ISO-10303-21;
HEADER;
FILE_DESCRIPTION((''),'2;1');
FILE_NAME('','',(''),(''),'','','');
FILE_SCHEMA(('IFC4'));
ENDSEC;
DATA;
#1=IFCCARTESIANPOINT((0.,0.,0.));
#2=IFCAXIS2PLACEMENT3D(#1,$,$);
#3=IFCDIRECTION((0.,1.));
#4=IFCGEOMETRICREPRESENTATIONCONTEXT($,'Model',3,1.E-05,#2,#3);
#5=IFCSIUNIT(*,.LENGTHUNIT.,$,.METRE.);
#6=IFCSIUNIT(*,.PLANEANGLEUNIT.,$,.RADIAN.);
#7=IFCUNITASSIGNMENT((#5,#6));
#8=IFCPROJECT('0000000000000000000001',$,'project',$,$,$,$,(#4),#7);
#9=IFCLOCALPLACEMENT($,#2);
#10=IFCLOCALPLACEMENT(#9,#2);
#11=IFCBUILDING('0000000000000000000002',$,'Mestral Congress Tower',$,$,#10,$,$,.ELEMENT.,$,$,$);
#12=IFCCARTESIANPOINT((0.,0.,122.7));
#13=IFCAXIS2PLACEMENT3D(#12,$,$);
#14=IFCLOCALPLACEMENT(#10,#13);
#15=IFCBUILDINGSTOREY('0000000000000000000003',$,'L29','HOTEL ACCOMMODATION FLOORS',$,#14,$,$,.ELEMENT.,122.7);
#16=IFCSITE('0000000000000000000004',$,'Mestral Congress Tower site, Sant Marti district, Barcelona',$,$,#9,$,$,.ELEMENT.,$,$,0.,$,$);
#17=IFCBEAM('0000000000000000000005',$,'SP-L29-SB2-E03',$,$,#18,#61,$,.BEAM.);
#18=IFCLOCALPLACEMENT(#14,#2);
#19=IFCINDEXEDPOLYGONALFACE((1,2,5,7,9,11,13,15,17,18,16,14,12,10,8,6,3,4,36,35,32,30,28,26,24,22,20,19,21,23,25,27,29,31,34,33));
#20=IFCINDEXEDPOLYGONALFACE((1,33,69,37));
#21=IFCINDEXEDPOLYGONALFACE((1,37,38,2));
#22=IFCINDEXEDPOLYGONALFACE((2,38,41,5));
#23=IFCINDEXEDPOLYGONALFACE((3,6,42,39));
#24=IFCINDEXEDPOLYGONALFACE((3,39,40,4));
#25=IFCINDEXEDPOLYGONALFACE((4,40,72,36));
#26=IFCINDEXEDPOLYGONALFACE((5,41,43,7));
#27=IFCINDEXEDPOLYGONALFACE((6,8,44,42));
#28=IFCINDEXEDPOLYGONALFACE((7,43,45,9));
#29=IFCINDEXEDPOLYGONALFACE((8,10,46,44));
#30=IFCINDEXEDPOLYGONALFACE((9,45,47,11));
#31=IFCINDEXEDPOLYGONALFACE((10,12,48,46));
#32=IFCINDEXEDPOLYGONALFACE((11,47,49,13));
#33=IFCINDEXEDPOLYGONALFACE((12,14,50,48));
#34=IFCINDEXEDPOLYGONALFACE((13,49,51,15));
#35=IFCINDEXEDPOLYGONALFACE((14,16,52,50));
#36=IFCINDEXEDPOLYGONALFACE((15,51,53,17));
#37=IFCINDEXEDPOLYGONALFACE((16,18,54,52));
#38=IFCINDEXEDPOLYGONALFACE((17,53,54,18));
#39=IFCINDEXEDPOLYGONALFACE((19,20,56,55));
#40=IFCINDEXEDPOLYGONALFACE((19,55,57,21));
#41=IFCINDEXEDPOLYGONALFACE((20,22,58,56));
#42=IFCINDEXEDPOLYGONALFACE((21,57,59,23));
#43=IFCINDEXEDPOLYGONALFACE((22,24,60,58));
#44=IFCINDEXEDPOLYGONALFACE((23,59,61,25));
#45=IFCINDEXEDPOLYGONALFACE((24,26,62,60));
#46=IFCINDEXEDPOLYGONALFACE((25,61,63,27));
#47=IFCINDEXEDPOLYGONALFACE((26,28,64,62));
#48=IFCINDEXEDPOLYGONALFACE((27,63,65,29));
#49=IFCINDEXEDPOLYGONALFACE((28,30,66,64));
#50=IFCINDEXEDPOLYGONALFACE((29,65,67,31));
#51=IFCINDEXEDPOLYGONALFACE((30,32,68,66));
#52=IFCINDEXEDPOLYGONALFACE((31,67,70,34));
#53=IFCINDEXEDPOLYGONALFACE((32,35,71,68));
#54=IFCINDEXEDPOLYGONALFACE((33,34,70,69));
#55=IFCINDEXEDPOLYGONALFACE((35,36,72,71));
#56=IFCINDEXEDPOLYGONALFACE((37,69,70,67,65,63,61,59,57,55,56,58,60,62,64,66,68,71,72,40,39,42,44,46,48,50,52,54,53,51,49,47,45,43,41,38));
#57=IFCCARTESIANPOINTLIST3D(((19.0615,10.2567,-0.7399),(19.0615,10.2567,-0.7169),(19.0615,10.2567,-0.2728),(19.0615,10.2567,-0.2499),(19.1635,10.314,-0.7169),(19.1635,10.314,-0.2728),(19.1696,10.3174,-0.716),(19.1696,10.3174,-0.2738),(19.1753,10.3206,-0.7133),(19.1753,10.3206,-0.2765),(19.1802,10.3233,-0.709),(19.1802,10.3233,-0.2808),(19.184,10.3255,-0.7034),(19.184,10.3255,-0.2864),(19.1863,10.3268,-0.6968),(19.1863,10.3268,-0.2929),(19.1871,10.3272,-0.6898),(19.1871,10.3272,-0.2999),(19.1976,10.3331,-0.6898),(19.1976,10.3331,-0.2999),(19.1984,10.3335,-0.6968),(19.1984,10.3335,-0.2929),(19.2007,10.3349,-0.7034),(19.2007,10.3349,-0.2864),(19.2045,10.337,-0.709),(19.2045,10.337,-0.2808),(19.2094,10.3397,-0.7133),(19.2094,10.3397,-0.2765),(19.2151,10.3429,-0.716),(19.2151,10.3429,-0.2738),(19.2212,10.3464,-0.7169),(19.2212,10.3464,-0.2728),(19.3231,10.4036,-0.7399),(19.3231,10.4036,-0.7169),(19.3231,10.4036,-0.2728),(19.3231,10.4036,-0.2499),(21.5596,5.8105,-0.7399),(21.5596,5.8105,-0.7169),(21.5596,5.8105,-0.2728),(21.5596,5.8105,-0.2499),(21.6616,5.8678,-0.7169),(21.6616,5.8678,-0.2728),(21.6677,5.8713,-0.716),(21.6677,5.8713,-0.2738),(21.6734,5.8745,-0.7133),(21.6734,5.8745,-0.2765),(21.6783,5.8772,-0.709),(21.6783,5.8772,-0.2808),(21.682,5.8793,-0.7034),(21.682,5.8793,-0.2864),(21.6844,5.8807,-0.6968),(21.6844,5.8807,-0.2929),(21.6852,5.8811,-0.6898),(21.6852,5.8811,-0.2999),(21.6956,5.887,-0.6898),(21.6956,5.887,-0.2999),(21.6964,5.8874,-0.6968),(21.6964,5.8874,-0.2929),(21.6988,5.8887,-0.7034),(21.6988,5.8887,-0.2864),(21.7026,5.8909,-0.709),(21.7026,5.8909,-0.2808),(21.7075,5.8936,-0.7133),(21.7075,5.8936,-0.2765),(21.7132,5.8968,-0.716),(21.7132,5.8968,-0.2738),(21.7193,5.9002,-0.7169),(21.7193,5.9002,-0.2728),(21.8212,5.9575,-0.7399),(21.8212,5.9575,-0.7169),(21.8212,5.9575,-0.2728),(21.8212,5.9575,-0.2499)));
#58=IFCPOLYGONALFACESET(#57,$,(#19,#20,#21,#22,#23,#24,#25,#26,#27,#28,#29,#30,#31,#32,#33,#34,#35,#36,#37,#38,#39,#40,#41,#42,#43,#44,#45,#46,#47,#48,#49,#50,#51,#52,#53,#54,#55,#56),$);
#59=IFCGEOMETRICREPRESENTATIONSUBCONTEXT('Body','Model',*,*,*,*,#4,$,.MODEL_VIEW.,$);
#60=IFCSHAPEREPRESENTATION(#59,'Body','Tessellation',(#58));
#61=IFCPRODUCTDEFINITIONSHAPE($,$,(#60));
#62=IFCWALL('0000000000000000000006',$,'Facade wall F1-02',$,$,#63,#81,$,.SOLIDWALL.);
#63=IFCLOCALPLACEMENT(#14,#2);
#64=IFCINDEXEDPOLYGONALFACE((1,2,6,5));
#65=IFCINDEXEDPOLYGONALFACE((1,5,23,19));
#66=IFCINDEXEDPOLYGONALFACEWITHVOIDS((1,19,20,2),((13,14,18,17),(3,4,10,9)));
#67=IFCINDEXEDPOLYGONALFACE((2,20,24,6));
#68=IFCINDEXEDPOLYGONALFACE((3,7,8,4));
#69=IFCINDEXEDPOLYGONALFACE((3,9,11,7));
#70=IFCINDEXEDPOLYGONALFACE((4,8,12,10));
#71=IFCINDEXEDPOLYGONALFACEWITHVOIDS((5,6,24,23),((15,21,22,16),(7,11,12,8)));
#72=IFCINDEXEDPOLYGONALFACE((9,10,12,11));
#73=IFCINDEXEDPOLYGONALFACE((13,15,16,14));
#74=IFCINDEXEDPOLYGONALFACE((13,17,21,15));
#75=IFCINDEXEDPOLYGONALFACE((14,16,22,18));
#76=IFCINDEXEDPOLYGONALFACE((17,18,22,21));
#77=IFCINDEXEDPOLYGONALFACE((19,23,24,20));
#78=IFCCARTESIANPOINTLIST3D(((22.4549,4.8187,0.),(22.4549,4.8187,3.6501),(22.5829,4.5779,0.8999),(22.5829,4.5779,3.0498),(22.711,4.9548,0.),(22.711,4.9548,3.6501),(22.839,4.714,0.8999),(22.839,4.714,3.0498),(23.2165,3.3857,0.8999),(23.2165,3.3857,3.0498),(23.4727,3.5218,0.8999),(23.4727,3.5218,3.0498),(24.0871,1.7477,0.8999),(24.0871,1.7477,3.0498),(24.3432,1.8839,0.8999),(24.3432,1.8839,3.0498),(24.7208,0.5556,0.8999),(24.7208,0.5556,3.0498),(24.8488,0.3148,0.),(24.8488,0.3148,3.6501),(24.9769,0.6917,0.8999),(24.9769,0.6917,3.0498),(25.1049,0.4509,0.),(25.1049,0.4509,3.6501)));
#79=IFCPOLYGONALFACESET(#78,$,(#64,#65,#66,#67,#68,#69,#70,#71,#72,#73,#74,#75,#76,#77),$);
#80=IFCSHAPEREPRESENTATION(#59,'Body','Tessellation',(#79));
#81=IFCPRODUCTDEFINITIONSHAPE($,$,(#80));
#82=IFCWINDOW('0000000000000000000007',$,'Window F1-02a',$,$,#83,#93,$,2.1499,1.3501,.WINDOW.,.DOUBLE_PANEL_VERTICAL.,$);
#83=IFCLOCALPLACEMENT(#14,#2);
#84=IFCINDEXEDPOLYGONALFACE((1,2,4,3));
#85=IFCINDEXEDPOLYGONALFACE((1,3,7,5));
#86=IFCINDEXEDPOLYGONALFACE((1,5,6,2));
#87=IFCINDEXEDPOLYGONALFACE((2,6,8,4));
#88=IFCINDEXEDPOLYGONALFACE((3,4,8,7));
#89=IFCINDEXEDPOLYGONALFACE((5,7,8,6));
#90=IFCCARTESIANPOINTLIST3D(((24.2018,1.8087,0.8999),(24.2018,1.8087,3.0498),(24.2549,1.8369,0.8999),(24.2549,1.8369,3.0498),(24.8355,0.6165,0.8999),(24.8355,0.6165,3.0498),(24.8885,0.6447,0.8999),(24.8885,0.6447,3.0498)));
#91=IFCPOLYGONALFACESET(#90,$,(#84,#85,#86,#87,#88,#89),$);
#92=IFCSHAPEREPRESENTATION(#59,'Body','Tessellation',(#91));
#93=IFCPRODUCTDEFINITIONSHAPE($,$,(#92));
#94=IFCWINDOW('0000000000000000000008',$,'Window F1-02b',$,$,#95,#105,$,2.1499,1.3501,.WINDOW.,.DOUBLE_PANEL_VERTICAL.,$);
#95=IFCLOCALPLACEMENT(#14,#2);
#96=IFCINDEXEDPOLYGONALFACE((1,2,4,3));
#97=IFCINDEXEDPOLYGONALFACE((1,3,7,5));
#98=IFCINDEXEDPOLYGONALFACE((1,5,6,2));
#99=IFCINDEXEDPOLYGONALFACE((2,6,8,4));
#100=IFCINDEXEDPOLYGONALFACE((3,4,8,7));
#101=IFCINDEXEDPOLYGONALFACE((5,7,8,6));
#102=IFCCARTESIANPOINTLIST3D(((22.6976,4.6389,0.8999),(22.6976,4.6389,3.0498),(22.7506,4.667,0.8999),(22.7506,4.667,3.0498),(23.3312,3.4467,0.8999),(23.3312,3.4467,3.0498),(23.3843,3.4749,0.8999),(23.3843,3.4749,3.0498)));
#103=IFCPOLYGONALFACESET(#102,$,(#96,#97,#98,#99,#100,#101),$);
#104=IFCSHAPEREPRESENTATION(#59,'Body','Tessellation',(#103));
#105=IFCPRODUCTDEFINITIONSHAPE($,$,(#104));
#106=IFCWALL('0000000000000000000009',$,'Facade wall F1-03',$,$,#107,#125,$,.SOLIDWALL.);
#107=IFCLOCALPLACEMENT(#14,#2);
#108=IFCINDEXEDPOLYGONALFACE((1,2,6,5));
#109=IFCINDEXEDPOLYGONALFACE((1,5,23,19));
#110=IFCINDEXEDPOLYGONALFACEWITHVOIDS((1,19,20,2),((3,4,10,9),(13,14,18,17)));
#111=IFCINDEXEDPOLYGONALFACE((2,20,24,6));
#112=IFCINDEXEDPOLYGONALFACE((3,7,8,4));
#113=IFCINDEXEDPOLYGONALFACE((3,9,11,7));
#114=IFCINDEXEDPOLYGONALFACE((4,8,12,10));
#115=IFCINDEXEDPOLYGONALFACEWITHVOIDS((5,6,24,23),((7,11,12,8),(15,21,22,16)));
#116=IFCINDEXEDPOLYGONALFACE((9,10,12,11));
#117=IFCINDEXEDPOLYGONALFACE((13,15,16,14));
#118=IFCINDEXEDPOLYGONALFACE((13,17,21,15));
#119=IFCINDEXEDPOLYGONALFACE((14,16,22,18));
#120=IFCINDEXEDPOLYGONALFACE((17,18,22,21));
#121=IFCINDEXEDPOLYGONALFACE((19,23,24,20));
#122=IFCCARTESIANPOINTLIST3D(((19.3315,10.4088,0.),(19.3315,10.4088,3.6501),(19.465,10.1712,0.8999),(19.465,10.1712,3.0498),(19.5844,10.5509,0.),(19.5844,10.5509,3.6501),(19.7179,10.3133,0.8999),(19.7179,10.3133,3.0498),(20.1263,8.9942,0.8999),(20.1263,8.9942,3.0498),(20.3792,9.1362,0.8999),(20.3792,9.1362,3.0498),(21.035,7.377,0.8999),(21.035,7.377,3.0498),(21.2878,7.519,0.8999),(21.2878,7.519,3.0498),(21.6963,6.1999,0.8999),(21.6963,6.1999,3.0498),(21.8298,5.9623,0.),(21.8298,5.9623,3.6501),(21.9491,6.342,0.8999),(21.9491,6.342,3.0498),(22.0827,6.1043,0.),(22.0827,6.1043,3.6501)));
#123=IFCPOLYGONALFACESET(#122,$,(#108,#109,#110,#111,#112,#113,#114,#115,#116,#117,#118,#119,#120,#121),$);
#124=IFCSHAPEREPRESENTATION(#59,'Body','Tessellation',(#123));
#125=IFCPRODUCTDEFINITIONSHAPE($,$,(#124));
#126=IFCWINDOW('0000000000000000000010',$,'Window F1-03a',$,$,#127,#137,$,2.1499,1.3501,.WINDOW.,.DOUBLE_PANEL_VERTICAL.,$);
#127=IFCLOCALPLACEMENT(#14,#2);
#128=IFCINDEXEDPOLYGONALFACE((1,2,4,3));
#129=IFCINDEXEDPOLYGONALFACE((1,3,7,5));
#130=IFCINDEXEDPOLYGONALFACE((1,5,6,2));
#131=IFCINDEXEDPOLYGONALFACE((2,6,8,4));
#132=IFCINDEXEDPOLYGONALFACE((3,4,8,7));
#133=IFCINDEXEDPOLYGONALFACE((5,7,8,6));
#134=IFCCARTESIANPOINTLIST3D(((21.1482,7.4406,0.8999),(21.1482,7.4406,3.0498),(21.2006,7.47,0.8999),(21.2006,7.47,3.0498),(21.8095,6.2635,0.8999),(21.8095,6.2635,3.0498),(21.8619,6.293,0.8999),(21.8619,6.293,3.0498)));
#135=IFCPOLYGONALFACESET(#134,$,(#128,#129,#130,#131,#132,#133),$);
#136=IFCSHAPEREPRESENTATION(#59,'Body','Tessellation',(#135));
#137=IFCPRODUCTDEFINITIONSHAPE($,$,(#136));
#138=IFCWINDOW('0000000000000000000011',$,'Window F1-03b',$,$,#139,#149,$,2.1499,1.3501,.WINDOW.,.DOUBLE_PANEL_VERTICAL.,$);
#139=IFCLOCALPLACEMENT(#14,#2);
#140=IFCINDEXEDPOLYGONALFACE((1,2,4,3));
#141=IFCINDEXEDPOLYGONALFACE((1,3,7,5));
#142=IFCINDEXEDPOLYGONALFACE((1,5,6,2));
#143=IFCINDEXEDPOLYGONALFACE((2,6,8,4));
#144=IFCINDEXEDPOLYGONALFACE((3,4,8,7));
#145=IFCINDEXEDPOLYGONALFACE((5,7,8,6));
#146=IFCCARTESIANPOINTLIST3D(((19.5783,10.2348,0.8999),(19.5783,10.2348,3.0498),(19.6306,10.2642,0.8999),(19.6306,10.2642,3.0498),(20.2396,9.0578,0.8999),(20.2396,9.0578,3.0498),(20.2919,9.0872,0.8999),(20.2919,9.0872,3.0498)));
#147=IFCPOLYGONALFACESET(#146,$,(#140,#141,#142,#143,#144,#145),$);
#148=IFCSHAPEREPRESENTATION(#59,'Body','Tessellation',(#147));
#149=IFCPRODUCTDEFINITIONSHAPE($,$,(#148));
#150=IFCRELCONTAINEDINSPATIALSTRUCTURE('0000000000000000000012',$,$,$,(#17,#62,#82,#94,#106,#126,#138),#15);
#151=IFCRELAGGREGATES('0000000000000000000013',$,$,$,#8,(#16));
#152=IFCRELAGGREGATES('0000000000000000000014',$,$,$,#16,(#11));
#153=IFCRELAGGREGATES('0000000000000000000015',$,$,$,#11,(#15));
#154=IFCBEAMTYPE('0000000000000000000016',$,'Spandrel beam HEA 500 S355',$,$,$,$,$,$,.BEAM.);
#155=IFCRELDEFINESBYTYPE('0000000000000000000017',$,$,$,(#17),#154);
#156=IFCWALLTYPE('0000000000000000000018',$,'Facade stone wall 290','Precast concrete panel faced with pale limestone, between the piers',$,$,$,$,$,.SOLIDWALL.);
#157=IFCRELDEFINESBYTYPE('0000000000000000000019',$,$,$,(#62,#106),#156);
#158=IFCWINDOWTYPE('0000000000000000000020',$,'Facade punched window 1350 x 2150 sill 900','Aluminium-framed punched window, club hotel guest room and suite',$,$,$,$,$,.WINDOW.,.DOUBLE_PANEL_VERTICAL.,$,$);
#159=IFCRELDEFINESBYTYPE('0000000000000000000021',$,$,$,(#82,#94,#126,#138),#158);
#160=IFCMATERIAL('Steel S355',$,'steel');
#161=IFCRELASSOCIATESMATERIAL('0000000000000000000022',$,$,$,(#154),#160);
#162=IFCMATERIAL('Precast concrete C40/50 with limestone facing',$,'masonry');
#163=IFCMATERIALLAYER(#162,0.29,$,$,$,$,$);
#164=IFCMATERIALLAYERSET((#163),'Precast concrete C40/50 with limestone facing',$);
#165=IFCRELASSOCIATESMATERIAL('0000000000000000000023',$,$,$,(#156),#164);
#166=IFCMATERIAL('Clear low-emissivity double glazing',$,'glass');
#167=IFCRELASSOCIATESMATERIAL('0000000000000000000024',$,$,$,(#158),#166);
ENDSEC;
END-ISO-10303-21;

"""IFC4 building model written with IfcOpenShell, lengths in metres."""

from ifc_helpers import new_model, si_unit, direction, frame, frame_2d, origin, origin_2d, place, context, subcontext, project, spatial, rectangle, i_section, extrude, material, layer, layer_set, material_profile, profile_set, type_object, element, fill, save


model = new_model("IFC4")

# Units and contexts
model_context = context("Model", 3, precision=1e-05, world=origin(), true_north=direction((0.0, 1.0)))
body_context = subcontext(model_context, "Body", "Model", "MODEL_VIEW")
ifc_project = project(units=[si_unit("LENGTHUNIT", "METRE"), si_unit("PLANEANGLEUNIT", "RADIAN")], contexts=[model_context])

# Site, building, storey
site_placement = place(None, origin())
site = spatial("IfcSite", under=ifc_project, at=site_placement, Name="Mestral Congress Tower site, Sant Marti district, Barcelona", CompositionType="ELEMENT", RefElevation=0.0)
building_placement = place(site_placement, origin())
building = spatial("IfcBuilding", under=site, at=building_placement, Name="Mestral Congress Tower", CompositionType="ELEMENT")
storey_placement = place(building_placement, frame((0.0, 0.0, 122.7)))
storey = spatial("IfcBuildingStorey", under=building, at=storey_placement, Name="L29", Description="HOTEL ACCOMMODATION FLOORS", CompositionType="ELEMENT", Elevation=122.7)

# Beam
ifc_material_1 = material(Name="Steel S355", Category="steel")
ifc_material_profile_1 = material_profile(ifc_material_1, i_section(OverallWidth=0.3, OverallDepth=0.49, WebThickness=0.012, FlangeThickness=0.0229, FilletRadius=0.0271, at=origin_2d()), Name="HEA 500")
ifc_profile_set_1 = profile_set([ifc_material_profile_1], Name="Steel S355")
beam_type_1 = type_object("IfcBeamType", Name="Spandrel beam HEA 500 S355", PredefinedType="BEAM", material=ifc_profile_set_1)
for number, where, z_axis, x_axis, name in (
    (1, (21.6904, 5.884, -0.4949), (-0.489836, 0.871815, 0.0), (-0.871815, -0.489836, 0.0), "SP-L29-SB2-E03"),
):
    element("IfcBeam", number, at=place(storey_placement, frame(where, z_axis=z_axis, x_axis=x_axis)), inside=storey, type_object=beam_type_1, Name=name, PredefinedType="BEAM", context=body_context, shape_type="SweptSolid", body=[
        extrude(i_section(OverallWidth=0.3, OverallDepth=0.49, WebThickness=0.012, FlangeThickness=0.0229, FilletRadius=0.0271, at=origin_2d()), origin(), (0.0, 0.0, 1.0), 5.0999),
    ])

# Walls, openings, windows
ifc_material_2 = material(Name="Precast concrete C40/50 with limestone facing", Category="masonry")
ifc_layer_1 = layer(ifc_material_2, 0.29)
ifc_layer_set_1 = layer_set([ifc_layer_1], Name="Precast concrete C40/50 with limestone facing")
wall_type_1 = type_object("IfcWallType", Name="Facade stone wall 290", Description="Precast concrete panel faced with pale limestone, between the piers", PredefinedType="SOLIDWALL", material=ifc_layer_set_1)
wall_1_placement = place(storey_placement, frame((24.9768, 0.3828, 0.0), z_axis=(0.0, 0.0, 1.0), x_axis=(-0.469323, 0.883026, 0.0)))
wall_1 = element("IfcWall", 2, at=wall_1_placement, inside=storey, type_object=wall_type_1, Name="Facade wall F1-02", PredefinedType="SOLIDWALL", context=body_context, shape_type="SweptSolid", body=[
    extrude(rectangle(XDim=5.1006, YDim=0.29, at=frame_2d((2.5503, 0.0))), origin(), (0.0, 0.0, 1.0), 3.6501),
])
opening_1_placement = place(wall_1_placement, frame((0.2727, 0.0, 0.8999)))
opening_1 = element("IfcOpeningElement", 3, at=opening_1_placement, cuts=wall_1, PredefinedType="OPENING", context=body_context, shape_type="SweptSolid", body=[
    extrude(rectangle(XDim=1.3501, YDim=2.1499, at=frame_2d((0.675, 1.075))), frame((0.0, 0.155, 0.0), z_axis=(0.0, -1.0, 0.0), x_axis=(1.0, 0.0, 0.0)), (0.0, 0.0, 1.0), 0.3101),
])
opening_2_placement = place(wall_1_placement, frame((3.4778, 0.0, 0.8999)))
opening_2 = element("IfcOpeningElement", 4, at=opening_2_placement, cuts=wall_1, PredefinedType="OPENING", context=body_context, shape_type="SweptSolid", body=[
    extrude(rectangle(XDim=1.3501, YDim=2.1499, at=frame_2d((0.675, 1.075))), frame((0.0, 0.155, 0.0), z_axis=(0.0, -1.0, 0.0), x_axis=(1.0, 0.0, 0.0)), (0.0, 0.0, 1.0), 0.3101),
])
ifc_material_3 = material(Name="Clear low-emissivity double glazing", Category="glass")
window_type = type_object("IfcWindowType", Name="Facade punched window 1350 x 2150 sill 900", Description="Aluminium-framed punched window, club hotel guest room and suite", PartitioningType="DOUBLE_PANEL_VERTICAL", PredefinedType="WINDOW", material=ifc_material_3)
window_1_placement = place(opening_1_placement, origin())
window_1 = element("IfcWindow", 5, at=window_1_placement, inside=storey, type_object=window_type, Name="Window F1-02a", OverallHeight=2.1499, OverallWidth=1.3501, PartitioningType="DOUBLE_PANEL_VERTICAL", PredefinedType="WINDOW", context=body_context, shape_type="SweptSolid", body=[
    extrude(rectangle(XDim=1.3501, YDim=2.1499, at=frame_2d((0.675, 1.075))), frame((0.0, 0.0151, 0.0), z_axis=(0.0, -1.0, 0.0), x_axis=(1.0, 0.0, 0.0)), (0.0, 0.0, 1.0), 0.0601),
])
fill(opening_1, window_1)
window_2_placement = place(opening_2_placement, origin())
window_2 = element("IfcWindow", 6, at=window_2_placement, inside=storey, type_object=window_type, Name="Window F1-02b", OverallHeight=2.1499, OverallWidth=1.3501, PartitioningType="DOUBLE_PANEL_VERTICAL", PredefinedType="WINDOW", context=body_context, shape_type="SweptSolid", body=[
    extrude(rectangle(XDim=1.3501, YDim=2.1499, at=frame_2d((0.675, 1.075))), frame((0.0, 0.0151, 0.0), z_axis=(0.0, -1.0, 0.0), x_axis=(1.0, 0.0, 0.0)), (0.0, 0.0, 1.0), 0.0601),
])
fill(opening_2, window_2)
wall_2_placement = place(storey_placement, frame((21.9563, 6.0332, 0.0), z_axis=(0.0, 0.0, 1.0), x_axis=(-0.489832, 0.871817, 0.0)))
wall_2 = element("IfcWall", 7, at=wall_2_placement, inside=storey, type_object=wall_type_1, Name="Facade wall F1-03", PredefinedType="SOLIDWALL", context=body_context, shape_type="SweptSolid", body=[
    extrude(rectangle(XDim=5.1003, YDim=0.29, at=frame_2d((2.5503, 0.0))), origin(), (0.0, 0.0, 1.0), 3.6501),
])
opening_3_placement = place(wall_2_placement, frame((0.2727, 0.0, 0.8999)))
opening_3 = element("IfcOpeningElement", 8, at=opening_3_placement, cuts=wall_2, PredefinedType="OPENING", context=body_context, shape_type="SweptSolid", body=[
    extrude(rectangle(XDim=1.3501, YDim=2.1499, at=frame_2d((0.675, 1.075))), frame((0.0, 0.155, 0.0), z_axis=(0.0, -1.0, 0.0), x_axis=(1.0, 0.0, 0.0)), (0.0, 0.0, 1.0), 0.3101),
])
opening_4_placement = place(wall_2_placement, frame((3.4778, 0.0, 0.8999)))
opening_4 = element("IfcOpeningElement", 9, at=opening_4_placement, cuts=wall_2, PredefinedType="OPENING", context=body_context, shape_type="SweptSolid", body=[
    extrude(rectangle(XDim=1.3501, YDim=2.1499, at=frame_2d((0.675, 1.075))), frame((0.0, 0.155, 0.0), z_axis=(0.0, -1.0, 0.0), x_axis=(1.0, 0.0, 0.0)), (0.0, 0.0, 1.0), 0.3101),
])
window_3_placement = place(opening_3_placement, origin())
window_3 = element("IfcWindow", 10, at=window_3_placement, inside=storey, type_object=window_type, Name="Window F1-03a", OverallHeight=2.1499, OverallWidth=1.3501, PartitioningType="DOUBLE_PANEL_VERTICAL", PredefinedType="WINDOW", context=body_context, shape_type="SweptSolid", body=[
    extrude(rectangle(XDim=1.3501, YDim=2.1499, at=frame_2d((0.675, 1.075))), frame((0.0, 0.0151, 0.0), z_axis=(0.0, -1.0, 0.0), x_axis=(1.0, 0.0, 0.0)), (0.0, 0.0, 1.0), 0.0601),
])
fill(opening_3, window_3)
window_4_placement = place(opening_4_placement, origin())
window_4 = element("IfcWindow", 11, at=window_4_placement, inside=storey, type_object=window_type, Name="Window F1-03b", OverallHeight=2.1499, OverallWidth=1.3501, PartitioningType="DOUBLE_PANEL_VERTICAL", PredefinedType="WINDOW", context=body_context, shape_type="SweptSolid", body=[
    extrude(rectangle(XDim=1.3501, YDim=2.1499, at=frame_2d((0.675, 1.075))), frame((0.0, 0.0151, 0.0), z_axis=(0.0, -1.0, 0.0), x_axis=(1.0, 0.0, 0.0)), (0.0, 0.0, 1.0), 0.0601),
])
fill(opening_4, window_4)

save(model, "model.ifc")
